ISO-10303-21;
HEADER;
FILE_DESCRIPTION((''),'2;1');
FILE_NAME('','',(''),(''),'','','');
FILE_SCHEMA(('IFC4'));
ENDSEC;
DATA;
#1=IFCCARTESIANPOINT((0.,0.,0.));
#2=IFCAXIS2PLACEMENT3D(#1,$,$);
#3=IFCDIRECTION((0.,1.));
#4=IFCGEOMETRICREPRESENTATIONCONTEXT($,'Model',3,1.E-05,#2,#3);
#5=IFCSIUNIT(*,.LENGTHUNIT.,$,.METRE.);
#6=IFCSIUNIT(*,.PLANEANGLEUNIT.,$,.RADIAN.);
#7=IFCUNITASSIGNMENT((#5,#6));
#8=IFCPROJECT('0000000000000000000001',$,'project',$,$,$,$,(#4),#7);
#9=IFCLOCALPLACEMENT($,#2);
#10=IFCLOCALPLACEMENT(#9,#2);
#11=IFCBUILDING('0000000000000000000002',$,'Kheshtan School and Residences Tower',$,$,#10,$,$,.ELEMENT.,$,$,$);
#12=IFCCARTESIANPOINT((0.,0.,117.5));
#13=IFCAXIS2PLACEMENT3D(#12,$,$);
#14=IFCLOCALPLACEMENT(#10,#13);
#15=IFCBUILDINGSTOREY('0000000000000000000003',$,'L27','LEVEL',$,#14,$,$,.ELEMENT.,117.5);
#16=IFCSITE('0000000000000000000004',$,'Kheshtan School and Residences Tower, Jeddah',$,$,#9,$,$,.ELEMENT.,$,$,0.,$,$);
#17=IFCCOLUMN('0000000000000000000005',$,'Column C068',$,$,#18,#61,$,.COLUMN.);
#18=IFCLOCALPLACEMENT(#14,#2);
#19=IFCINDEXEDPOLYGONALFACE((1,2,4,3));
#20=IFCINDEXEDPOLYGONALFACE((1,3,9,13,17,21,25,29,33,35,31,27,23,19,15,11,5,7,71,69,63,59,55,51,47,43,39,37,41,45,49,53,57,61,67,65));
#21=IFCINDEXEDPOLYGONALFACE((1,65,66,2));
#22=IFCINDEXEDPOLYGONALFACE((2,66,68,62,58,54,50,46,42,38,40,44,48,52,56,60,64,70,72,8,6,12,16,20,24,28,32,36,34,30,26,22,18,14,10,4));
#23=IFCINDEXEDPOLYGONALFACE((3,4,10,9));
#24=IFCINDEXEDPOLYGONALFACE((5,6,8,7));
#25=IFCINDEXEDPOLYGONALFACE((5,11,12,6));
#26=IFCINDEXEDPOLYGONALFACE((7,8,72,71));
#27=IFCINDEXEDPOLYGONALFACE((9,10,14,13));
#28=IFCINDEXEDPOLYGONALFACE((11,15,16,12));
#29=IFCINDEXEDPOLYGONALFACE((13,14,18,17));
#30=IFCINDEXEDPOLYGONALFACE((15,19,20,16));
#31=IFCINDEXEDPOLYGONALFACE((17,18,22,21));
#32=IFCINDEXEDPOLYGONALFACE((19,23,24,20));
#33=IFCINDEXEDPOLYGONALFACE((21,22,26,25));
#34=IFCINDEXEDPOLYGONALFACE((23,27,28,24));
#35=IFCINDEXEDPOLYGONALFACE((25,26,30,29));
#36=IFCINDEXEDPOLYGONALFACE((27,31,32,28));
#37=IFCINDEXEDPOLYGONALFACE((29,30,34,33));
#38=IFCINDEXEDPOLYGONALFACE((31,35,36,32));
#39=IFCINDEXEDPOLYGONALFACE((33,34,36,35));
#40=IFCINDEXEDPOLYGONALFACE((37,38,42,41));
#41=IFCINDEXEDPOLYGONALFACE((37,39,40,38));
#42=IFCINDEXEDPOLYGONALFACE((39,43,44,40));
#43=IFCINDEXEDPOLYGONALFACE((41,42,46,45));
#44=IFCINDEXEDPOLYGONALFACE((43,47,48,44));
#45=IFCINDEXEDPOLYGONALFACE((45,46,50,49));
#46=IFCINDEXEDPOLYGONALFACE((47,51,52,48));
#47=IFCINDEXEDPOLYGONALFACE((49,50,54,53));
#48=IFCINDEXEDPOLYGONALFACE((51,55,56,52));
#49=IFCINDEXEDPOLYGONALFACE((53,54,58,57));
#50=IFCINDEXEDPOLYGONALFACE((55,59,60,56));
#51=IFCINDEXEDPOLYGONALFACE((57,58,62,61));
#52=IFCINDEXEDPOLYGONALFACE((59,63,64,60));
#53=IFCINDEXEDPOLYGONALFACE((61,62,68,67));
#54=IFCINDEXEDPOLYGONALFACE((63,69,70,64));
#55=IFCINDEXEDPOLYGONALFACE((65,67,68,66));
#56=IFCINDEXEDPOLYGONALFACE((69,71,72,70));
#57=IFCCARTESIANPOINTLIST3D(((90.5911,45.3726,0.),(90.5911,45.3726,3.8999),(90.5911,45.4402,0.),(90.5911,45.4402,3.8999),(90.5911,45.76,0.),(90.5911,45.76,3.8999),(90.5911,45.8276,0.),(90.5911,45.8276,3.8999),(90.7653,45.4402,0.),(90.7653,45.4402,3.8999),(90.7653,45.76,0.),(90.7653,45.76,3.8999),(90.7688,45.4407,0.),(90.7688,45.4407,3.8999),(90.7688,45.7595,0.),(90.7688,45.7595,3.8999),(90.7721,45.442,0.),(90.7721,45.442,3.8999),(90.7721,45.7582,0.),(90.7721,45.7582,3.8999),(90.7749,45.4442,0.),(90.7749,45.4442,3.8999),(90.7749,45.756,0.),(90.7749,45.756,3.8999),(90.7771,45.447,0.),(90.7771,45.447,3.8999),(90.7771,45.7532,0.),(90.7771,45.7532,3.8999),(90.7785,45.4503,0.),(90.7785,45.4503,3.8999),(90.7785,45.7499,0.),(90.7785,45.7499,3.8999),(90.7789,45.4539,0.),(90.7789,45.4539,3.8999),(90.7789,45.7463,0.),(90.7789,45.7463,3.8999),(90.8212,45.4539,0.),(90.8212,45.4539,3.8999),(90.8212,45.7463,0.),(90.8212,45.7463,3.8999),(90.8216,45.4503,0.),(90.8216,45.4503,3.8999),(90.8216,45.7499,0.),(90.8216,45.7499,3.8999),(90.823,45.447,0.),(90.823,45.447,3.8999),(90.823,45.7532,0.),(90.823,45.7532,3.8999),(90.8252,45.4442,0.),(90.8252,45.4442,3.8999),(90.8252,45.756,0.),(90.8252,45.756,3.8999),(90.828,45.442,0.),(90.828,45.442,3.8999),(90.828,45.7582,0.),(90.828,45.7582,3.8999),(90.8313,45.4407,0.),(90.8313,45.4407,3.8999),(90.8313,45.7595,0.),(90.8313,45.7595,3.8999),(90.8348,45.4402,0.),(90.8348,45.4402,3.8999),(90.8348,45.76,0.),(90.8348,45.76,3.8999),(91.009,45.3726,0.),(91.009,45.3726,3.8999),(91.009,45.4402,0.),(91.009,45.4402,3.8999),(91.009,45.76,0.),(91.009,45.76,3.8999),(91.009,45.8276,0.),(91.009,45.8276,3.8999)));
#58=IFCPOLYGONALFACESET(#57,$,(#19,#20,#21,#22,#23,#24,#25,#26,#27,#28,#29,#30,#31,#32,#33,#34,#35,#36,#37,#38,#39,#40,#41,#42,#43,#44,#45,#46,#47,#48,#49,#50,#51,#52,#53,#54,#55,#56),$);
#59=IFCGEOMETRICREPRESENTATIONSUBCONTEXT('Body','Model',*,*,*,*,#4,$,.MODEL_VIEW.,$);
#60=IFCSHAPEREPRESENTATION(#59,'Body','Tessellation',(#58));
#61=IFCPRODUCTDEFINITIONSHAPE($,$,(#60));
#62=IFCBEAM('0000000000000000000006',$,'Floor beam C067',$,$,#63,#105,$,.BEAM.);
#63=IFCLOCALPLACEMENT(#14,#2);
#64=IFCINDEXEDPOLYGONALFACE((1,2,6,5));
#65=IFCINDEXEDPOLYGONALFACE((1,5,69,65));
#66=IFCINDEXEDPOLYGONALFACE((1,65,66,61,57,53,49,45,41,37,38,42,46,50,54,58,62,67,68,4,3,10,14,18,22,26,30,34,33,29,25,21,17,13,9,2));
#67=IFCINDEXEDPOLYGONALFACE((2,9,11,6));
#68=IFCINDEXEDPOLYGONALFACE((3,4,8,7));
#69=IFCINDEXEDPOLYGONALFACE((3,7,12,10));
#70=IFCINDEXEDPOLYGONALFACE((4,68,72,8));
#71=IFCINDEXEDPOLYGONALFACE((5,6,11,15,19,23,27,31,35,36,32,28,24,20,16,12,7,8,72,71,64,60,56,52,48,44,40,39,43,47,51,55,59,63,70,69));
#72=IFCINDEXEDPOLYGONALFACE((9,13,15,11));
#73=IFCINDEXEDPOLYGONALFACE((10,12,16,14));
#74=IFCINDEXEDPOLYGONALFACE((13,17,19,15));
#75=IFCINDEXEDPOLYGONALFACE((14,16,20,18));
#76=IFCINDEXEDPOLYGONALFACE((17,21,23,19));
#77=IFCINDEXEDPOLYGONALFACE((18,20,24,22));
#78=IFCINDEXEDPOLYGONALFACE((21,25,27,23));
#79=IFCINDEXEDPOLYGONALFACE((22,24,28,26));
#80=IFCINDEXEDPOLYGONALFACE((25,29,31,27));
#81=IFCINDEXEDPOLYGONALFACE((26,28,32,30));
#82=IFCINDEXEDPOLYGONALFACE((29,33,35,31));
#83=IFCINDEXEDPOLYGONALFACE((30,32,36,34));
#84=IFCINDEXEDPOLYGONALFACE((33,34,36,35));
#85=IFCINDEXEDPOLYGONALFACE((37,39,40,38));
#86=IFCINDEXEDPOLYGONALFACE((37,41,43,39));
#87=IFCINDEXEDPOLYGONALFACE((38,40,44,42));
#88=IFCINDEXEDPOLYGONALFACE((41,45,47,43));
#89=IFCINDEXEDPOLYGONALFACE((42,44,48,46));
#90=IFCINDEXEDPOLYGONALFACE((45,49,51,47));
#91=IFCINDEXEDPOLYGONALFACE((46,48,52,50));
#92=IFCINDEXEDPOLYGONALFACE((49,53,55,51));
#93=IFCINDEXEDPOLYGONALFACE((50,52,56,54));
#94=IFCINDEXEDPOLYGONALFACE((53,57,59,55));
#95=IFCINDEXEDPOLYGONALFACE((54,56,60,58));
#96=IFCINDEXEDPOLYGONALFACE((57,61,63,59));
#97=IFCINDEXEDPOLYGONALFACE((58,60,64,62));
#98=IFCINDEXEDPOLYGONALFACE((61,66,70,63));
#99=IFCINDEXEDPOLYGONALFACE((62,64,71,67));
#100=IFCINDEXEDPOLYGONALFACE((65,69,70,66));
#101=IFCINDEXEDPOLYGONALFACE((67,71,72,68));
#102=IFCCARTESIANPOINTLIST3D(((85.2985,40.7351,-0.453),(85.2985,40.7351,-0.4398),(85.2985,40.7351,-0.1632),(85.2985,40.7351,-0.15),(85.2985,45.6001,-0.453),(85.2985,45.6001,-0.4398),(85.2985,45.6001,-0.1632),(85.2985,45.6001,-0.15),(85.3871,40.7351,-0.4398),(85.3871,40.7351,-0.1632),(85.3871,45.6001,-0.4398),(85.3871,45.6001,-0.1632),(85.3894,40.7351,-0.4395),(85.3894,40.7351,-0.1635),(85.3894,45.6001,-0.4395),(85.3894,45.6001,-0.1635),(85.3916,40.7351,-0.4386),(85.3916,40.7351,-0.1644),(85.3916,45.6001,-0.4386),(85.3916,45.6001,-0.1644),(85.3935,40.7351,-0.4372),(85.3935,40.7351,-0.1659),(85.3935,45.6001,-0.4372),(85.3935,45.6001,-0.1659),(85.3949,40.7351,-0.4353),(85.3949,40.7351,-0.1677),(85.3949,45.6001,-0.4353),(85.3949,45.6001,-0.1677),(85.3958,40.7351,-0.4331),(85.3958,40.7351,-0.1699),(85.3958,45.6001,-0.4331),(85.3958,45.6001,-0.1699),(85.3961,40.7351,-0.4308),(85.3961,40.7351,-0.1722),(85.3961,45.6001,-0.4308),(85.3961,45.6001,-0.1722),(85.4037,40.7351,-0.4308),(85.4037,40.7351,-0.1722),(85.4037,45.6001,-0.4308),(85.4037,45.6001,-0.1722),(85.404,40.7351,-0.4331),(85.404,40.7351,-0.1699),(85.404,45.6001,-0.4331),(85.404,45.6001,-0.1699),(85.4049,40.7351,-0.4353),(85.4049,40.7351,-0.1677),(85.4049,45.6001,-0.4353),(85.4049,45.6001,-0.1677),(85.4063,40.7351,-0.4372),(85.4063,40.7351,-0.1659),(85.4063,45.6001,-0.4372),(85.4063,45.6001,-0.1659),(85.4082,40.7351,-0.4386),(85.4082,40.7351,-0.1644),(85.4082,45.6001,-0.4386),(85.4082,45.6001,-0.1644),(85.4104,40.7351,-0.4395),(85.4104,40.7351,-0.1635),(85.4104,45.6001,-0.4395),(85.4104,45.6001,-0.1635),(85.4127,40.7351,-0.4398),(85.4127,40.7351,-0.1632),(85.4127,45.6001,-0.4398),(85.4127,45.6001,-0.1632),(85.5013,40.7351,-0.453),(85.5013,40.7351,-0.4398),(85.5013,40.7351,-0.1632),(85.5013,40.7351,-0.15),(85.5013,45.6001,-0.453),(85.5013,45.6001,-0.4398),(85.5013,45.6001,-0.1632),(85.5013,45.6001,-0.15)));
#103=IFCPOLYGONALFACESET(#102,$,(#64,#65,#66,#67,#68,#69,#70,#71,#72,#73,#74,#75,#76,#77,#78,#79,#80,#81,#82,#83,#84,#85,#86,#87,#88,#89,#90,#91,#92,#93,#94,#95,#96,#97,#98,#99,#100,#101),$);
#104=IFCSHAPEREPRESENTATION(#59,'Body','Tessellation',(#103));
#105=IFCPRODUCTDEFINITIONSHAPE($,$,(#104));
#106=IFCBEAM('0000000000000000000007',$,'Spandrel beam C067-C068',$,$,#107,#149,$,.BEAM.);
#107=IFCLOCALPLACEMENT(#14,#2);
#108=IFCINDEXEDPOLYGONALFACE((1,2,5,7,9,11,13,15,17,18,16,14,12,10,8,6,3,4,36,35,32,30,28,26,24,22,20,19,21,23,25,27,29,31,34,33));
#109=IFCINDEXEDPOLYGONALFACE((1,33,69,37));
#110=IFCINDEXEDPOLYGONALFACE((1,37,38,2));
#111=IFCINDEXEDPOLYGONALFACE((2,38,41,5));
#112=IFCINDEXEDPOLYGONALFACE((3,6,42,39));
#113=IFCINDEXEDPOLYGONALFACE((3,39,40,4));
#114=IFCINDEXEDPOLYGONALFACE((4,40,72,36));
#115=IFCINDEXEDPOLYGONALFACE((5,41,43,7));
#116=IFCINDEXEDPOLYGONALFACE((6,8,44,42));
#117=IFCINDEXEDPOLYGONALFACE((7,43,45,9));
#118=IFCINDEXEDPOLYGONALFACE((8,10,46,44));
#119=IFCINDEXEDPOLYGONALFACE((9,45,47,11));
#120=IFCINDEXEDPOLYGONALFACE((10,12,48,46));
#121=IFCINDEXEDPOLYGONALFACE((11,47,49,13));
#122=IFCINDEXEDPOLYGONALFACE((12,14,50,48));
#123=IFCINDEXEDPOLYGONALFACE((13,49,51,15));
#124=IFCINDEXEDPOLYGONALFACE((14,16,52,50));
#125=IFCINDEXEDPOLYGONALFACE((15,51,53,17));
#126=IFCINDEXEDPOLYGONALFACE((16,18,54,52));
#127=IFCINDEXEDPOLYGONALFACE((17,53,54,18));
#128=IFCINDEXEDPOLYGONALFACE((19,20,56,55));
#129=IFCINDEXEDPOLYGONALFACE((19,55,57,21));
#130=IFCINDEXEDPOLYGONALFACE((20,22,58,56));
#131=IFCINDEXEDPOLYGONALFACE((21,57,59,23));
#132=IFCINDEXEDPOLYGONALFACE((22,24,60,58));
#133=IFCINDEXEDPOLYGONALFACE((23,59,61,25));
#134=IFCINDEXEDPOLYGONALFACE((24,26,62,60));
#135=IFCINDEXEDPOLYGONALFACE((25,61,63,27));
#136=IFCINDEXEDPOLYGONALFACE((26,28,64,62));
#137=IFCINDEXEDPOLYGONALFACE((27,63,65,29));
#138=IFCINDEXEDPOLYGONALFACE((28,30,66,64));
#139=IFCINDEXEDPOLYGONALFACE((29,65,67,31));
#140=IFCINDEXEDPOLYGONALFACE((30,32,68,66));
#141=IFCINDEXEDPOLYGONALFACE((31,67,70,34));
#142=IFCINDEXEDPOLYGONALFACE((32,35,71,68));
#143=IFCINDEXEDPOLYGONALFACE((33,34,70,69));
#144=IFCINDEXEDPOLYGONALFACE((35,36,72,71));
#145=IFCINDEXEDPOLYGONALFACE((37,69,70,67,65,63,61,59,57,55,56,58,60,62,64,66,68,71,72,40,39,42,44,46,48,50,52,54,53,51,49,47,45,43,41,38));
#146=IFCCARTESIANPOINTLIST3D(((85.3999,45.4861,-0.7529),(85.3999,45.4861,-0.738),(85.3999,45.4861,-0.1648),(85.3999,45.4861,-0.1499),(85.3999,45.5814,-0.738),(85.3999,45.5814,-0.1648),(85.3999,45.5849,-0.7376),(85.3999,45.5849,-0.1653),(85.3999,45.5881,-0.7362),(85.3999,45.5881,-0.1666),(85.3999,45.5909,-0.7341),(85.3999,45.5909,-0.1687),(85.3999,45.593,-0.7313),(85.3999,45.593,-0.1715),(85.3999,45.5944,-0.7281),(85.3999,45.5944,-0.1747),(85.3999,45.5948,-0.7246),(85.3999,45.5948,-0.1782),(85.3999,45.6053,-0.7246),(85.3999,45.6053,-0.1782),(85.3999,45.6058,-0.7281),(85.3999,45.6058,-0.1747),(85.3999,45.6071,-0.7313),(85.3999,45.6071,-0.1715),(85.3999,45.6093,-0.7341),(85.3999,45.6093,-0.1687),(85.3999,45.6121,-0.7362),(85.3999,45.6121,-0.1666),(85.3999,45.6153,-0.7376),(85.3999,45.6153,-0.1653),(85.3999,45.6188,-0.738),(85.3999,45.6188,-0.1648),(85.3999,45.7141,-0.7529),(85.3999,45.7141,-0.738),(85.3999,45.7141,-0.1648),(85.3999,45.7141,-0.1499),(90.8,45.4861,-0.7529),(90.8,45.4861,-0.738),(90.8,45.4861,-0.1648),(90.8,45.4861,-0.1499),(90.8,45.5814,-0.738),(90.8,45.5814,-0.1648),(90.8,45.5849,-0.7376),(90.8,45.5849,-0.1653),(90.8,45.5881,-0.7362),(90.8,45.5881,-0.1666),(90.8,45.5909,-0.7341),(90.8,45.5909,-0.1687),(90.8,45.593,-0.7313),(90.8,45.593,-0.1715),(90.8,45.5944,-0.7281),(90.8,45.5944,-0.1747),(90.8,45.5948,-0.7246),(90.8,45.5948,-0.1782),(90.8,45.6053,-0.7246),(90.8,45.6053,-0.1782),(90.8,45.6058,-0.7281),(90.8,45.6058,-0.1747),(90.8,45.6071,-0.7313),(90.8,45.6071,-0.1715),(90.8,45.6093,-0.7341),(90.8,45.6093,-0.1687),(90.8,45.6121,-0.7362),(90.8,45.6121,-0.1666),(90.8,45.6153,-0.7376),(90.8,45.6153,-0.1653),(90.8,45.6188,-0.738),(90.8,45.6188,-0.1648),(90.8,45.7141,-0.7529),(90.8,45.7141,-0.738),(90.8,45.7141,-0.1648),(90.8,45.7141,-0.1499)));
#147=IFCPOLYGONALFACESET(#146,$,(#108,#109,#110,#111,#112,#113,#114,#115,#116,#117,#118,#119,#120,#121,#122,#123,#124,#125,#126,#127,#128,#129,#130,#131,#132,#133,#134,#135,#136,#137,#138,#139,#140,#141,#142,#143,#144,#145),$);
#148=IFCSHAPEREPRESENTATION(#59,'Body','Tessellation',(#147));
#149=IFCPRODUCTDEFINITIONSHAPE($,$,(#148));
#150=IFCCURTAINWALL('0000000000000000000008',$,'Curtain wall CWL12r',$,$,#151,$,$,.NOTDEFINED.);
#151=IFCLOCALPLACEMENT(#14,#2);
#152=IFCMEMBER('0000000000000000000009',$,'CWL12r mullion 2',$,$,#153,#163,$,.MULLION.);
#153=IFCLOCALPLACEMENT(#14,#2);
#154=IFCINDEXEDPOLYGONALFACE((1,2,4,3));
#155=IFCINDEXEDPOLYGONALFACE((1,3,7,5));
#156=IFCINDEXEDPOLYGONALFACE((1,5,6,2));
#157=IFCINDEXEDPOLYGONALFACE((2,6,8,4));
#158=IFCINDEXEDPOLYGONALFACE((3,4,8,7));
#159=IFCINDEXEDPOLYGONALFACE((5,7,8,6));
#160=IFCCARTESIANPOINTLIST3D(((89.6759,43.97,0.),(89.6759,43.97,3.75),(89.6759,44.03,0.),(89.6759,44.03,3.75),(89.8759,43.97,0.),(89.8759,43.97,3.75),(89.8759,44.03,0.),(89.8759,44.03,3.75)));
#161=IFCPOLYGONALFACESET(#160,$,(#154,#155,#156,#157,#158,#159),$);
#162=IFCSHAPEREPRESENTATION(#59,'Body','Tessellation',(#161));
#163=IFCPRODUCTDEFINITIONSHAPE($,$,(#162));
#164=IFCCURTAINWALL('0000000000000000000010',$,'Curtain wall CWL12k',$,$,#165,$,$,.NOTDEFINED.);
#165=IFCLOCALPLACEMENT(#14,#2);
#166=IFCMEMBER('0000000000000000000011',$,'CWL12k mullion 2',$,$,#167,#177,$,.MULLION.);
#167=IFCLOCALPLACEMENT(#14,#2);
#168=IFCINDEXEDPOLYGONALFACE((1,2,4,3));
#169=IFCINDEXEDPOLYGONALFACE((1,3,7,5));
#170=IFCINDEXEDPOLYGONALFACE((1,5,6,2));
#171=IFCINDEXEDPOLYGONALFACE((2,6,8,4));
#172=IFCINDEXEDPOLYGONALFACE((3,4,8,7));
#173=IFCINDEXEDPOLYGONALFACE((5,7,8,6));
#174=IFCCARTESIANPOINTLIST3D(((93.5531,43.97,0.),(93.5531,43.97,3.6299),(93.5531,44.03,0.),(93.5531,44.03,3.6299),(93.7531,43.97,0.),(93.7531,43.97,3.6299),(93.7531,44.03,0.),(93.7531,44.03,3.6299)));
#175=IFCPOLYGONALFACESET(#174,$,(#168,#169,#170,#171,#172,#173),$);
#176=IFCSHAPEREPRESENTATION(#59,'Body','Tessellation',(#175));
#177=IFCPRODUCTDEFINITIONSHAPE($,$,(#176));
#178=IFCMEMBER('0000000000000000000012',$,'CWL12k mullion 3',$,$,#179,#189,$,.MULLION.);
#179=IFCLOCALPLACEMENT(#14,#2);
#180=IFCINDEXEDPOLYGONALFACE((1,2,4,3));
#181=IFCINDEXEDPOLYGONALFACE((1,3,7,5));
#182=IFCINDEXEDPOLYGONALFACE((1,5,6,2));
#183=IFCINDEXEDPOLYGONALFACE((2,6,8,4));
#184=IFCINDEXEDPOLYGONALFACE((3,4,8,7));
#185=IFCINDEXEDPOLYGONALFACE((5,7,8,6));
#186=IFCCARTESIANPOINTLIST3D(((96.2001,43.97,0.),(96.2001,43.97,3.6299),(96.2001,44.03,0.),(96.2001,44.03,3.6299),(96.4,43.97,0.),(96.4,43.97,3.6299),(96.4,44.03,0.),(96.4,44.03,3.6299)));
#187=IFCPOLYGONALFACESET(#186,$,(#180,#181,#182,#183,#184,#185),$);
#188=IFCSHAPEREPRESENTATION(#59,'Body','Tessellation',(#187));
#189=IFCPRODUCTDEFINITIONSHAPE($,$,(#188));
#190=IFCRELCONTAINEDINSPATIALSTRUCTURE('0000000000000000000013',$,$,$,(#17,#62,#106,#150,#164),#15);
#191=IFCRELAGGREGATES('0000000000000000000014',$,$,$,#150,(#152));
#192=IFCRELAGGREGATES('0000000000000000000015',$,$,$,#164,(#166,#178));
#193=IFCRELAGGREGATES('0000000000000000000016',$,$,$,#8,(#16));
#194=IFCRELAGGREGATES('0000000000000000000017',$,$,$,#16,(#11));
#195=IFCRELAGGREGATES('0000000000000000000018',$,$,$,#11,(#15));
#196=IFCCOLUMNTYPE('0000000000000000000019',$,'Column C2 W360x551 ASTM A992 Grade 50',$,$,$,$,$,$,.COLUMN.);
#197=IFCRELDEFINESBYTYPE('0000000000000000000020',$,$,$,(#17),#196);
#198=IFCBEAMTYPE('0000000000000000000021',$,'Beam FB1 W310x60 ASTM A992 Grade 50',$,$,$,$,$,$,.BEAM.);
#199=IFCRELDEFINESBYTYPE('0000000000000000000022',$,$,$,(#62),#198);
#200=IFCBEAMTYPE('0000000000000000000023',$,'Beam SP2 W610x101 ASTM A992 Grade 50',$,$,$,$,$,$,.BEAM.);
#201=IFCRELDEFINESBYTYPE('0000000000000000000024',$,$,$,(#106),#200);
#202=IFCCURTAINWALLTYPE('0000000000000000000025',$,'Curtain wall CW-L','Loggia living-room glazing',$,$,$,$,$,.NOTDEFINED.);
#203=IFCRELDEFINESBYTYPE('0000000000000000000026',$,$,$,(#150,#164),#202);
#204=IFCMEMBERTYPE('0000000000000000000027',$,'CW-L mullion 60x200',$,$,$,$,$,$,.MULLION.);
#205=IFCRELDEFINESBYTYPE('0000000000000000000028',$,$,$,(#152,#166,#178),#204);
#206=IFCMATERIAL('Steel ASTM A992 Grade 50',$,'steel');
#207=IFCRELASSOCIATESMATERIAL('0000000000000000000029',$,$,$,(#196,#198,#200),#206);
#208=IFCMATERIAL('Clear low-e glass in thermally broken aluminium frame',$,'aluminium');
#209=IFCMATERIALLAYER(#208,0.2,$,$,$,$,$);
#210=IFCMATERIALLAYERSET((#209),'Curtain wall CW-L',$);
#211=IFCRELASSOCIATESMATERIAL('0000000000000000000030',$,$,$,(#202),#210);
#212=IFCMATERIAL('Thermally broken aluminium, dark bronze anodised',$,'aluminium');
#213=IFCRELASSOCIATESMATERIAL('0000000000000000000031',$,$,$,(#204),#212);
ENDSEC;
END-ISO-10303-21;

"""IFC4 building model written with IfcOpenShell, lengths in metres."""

from ifc_helpers import new_model, si_unit, direction, frame, origin, origin_2d, place, context, subcontext, project, spatial, rectangle, i_section, extrude, material, layer, layer_set, material_profile, profile_set, type_object, element, aggregate, save


model = new_model("IFC4")

# Units and contexts
model_context = context("Model", 3, precision=1e-05, world=origin(), true_north=direction((0.0, 1.0)))
body_context = subcontext(model_context, "Body", "Model", "MODEL_VIEW")
ifc_project = project(units=[si_unit("LENGTHUNIT", "METRE"), si_unit("PLANEANGLEUNIT", "RADIAN")], contexts=[model_context])

# Site, building, storey
site_placement = place(None, origin())
site = spatial("IfcSite", under=ifc_project, at=site_placement, Name="Kheshtan School and Residences Tower, Jeddah", CompositionType="ELEMENT", RefElevation=0.0)
building_placement = place(site_placement, origin())
building = spatial("IfcBuilding", under=site, at=building_placement, Name="Kheshtan School and Residences Tower", CompositionType="ELEMENT")
storey_placement = place(building_placement, frame((0.0, 0.0, 117.5)))
storey = spatial("IfcBuildingStorey", under=building, at=storey_placement, Name="L27", Description="LEVEL", CompositionType="ELEMENT", Elevation=117.5)

# Column
ifc_material_1 = material(Name="Steel ASTM A992 Grade 50", Category="steel")
ifc_material_profile_1 = material_profile(ifc_material_1, i_section(OverallWidth=0.418, OverallDepth=0.4551, WebThickness=0.0422, FlangeThickness=0.0676, FilletRadius=0.0137, at=origin_2d()), Name="W360x551")
ifc_profile_set_1 = profile_set([ifc_material_profile_1], Name="Steel ASTM A992 Grade 50")
column_type = type_object("IfcColumnType", Name="Column C2 W360x551 ASTM A992 Grade 50", PredefinedType="COLUMN", material=ifc_profile_set_1)
column_placement = place(storey_placement, frame((90.8, 45.6001, 0.0), z_axis=(0.0, 0.0, 1.0), x_axis=(1.0, 0.0, 0.0)))
element("IfcColumn", 1, at=column_placement, inside=storey, type_object=column_type, Name="Column C068", PredefinedType="COLUMN", context=body_context, shape_type="SweptSolid", body=[
    extrude(i_section(OverallWidth=0.418, OverallDepth=0.4551, WebThickness=0.0422, FlangeThickness=0.0676, FilletRadius=0.0137, at=origin_2d()), origin(), (0.0, 0.0, 1.0), 3.8999),
])

# Beams
ifc_material_profile_2 = material_profile(ifc_material_1, i_section(OverallWidth=0.2029, OverallDepth=0.303, WebThickness=0.0076, FlangeThickness=0.0132, FilletRadius=0.009, at=origin_2d()), Name="W310x60")
ifc_profile_set_2 = profile_set([ifc_material_profile_2], Name="Steel ASTM A992 Grade 50")
beam_type_1 = type_object("IfcBeamType", Name="Beam FB1 W310x60 ASTM A992 Grade 50", PredefinedType="BEAM", material=ifc_profile_set_2)
beam_1_placement = place(storey_placement, frame((85.3999, 45.6001, -0.3015), z_axis=(0.0, -1.0, 0.0), x_axis=(1.0, 0.0, 0.0)))
element("IfcBeam", 2, at=beam_1_placement, inside=storey, type_object=beam_type_1, Name="Floor beam C067", PredefinedType="BEAM", context=body_context, shape_type="SweptSolid", body=[
    extrude(i_section(OverallWidth=0.2029, OverallDepth=0.303, WebThickness=0.0076, FlangeThickness=0.0132, FilletRadius=0.009, at=origin_2d()), origin(), (0.0, 0.0, 1.0), 4.865),
])
ifc_material_profile_3 = material_profile(ifc_material_1, i_section(OverallWidth=0.228, OverallDepth=0.603, WebThickness=0.0105, FlangeThickness=0.0149, FilletRadius=0.0134, at=origin_2d()), Name="W610x101")
ifc_profile_set_3 = profile_set([ifc_material_profile_3], Name="Steel ASTM A992 Grade 50")
beam_type_2 = type_object("IfcBeamType", Name="Beam SP2 W610x101 ASTM A992 Grade 50", PredefinedType="BEAM", material=ifc_profile_set_3)
beam_2_placement = place(storey_placement, frame((85.3999, 45.6001, -0.4514), z_axis=(1.0, 0.0, 0.0), x_axis=(0.0, 1.0, 0.0)))
element("IfcBeam", 3, at=beam_2_placement, inside=storey, type_object=beam_type_2, Name="Spandrel beam C067-C068", PredefinedType="BEAM", context=body_context, shape_type="SweptSolid", body=[
    extrude(i_section(OverallWidth=0.228, OverallDepth=0.603, WebThickness=0.0105, FlangeThickness=0.0149, FilletRadius=0.0134, at=origin_2d()), origin(), (0.0, 0.0, 1.0), 5.4001),
])

# Curtain wall, member
ifc_material_2 = material(Name="Clear low-e glass in thermally broken aluminium frame", Category="aluminium")
ifc_layer_1 = layer(ifc_material_2, 0.2)
ifc_layer_set_1 = layer_set([ifc_layer_1], Name="Curtain wall CW-L")
curtain_wall_type = type_object("IfcCurtainWallType", Name="Curtain wall CW-L", Description="Loggia living-room glazing", PredefinedType="NOTDEFINED", material=ifc_layer_set_1)
curtain_wall_1_placement = place(storey_placement, origin())
curtain_wall_1 = element("IfcCurtainWall", 4, at=curtain_wall_1_placement, inside=storey, type_object=curtain_wall_type, Name="Curtain wall CWL12r", PredefinedType="NOTDEFINED")
ifc_material_3 = material(Name="Thermally broken aluminium, dark bronze anodised", Category="aluminium")
ifc_material_profile_4 = material_profile(ifc_material_3, rectangle(XDim=0.0601, YDim=0.2, at=origin_2d()), Name="CW-L mullion 60x200")
ifc_profile_set_4 = profile_set([ifc_material_profile_4], Name="Thermally broken aluminium, dark bronze anodised")
member_type_1 = type_object("IfcMemberType", Name="CW-L mullion 60x200", PredefinedType="MULLION", material=ifc_profile_set_4)
member_1_placement = place(storey_placement, frame((89.7759, 44.0, 0.0), z_axis=(0.0, 0.0, 1.0), x_axis=(0.0, 1.0, 0.0)))
member_1 = element("IfcMember", 5, at=member_1_placement, type_object=member_type_1, Name="CWL12r mullion 2", PredefinedType="MULLION", context=body_context, shape_type="SweptSolid", body=[
    extrude(rectangle(XDim=0.0601, YDim=0.2, at=origin_2d()), origin(), (0.0, 0.0, 1.0), 3.75),
])

# Curtain wall, members
curtain_wall_2_placement = place(storey_placement, origin())
curtain_wall_2 = element("IfcCurtainWall", 6, at=curtain_wall_2_placement, inside=storey, type_object=curtain_wall_type, Name="Curtain wall CWL12k", PredefinedType="NOTDEFINED")
member_2_placement = place(storey_placement, frame((93.6531, 44.0, 0.0), z_axis=(0.0, 0.0, 1.0), x_axis=(0.0, 1.0, 0.0)))
member_2 = element("IfcMember", 7, at=member_2_placement, type_object=member_type_1, Name="CWL12k mullion 2", PredefinedType="MULLION", context=body_context, shape_type="SweptSolid", body=[
    extrude(rectangle(XDim=0.0601, YDim=0.2, at=origin_2d()), origin(), (0.0, 0.0, 1.0), 3.6299),
])
member_3_placement = place(storey_placement, frame((96.3, 44.0, 0.0), z_axis=(0.0, 0.0, 1.0), x_axis=(0.0, 1.0, 0.0)))
member_3 = element("IfcMember", 8, at=member_3_placement, type_object=member_type_1, Name="CWL12k mullion 3", PredefinedType="MULLION", context=body_context, shape_type="SweptSolid", body=[
    extrude(rectangle(XDim=0.0601, YDim=0.2, at=origin_2d()), origin(), (0.0, 0.0, 1.0), 3.6299),
])

aggregate(curtain_wall_1, [member_1])
aggregate(curtain_wall_2, [member_2, member_3])

save(model, "model.ifc")
